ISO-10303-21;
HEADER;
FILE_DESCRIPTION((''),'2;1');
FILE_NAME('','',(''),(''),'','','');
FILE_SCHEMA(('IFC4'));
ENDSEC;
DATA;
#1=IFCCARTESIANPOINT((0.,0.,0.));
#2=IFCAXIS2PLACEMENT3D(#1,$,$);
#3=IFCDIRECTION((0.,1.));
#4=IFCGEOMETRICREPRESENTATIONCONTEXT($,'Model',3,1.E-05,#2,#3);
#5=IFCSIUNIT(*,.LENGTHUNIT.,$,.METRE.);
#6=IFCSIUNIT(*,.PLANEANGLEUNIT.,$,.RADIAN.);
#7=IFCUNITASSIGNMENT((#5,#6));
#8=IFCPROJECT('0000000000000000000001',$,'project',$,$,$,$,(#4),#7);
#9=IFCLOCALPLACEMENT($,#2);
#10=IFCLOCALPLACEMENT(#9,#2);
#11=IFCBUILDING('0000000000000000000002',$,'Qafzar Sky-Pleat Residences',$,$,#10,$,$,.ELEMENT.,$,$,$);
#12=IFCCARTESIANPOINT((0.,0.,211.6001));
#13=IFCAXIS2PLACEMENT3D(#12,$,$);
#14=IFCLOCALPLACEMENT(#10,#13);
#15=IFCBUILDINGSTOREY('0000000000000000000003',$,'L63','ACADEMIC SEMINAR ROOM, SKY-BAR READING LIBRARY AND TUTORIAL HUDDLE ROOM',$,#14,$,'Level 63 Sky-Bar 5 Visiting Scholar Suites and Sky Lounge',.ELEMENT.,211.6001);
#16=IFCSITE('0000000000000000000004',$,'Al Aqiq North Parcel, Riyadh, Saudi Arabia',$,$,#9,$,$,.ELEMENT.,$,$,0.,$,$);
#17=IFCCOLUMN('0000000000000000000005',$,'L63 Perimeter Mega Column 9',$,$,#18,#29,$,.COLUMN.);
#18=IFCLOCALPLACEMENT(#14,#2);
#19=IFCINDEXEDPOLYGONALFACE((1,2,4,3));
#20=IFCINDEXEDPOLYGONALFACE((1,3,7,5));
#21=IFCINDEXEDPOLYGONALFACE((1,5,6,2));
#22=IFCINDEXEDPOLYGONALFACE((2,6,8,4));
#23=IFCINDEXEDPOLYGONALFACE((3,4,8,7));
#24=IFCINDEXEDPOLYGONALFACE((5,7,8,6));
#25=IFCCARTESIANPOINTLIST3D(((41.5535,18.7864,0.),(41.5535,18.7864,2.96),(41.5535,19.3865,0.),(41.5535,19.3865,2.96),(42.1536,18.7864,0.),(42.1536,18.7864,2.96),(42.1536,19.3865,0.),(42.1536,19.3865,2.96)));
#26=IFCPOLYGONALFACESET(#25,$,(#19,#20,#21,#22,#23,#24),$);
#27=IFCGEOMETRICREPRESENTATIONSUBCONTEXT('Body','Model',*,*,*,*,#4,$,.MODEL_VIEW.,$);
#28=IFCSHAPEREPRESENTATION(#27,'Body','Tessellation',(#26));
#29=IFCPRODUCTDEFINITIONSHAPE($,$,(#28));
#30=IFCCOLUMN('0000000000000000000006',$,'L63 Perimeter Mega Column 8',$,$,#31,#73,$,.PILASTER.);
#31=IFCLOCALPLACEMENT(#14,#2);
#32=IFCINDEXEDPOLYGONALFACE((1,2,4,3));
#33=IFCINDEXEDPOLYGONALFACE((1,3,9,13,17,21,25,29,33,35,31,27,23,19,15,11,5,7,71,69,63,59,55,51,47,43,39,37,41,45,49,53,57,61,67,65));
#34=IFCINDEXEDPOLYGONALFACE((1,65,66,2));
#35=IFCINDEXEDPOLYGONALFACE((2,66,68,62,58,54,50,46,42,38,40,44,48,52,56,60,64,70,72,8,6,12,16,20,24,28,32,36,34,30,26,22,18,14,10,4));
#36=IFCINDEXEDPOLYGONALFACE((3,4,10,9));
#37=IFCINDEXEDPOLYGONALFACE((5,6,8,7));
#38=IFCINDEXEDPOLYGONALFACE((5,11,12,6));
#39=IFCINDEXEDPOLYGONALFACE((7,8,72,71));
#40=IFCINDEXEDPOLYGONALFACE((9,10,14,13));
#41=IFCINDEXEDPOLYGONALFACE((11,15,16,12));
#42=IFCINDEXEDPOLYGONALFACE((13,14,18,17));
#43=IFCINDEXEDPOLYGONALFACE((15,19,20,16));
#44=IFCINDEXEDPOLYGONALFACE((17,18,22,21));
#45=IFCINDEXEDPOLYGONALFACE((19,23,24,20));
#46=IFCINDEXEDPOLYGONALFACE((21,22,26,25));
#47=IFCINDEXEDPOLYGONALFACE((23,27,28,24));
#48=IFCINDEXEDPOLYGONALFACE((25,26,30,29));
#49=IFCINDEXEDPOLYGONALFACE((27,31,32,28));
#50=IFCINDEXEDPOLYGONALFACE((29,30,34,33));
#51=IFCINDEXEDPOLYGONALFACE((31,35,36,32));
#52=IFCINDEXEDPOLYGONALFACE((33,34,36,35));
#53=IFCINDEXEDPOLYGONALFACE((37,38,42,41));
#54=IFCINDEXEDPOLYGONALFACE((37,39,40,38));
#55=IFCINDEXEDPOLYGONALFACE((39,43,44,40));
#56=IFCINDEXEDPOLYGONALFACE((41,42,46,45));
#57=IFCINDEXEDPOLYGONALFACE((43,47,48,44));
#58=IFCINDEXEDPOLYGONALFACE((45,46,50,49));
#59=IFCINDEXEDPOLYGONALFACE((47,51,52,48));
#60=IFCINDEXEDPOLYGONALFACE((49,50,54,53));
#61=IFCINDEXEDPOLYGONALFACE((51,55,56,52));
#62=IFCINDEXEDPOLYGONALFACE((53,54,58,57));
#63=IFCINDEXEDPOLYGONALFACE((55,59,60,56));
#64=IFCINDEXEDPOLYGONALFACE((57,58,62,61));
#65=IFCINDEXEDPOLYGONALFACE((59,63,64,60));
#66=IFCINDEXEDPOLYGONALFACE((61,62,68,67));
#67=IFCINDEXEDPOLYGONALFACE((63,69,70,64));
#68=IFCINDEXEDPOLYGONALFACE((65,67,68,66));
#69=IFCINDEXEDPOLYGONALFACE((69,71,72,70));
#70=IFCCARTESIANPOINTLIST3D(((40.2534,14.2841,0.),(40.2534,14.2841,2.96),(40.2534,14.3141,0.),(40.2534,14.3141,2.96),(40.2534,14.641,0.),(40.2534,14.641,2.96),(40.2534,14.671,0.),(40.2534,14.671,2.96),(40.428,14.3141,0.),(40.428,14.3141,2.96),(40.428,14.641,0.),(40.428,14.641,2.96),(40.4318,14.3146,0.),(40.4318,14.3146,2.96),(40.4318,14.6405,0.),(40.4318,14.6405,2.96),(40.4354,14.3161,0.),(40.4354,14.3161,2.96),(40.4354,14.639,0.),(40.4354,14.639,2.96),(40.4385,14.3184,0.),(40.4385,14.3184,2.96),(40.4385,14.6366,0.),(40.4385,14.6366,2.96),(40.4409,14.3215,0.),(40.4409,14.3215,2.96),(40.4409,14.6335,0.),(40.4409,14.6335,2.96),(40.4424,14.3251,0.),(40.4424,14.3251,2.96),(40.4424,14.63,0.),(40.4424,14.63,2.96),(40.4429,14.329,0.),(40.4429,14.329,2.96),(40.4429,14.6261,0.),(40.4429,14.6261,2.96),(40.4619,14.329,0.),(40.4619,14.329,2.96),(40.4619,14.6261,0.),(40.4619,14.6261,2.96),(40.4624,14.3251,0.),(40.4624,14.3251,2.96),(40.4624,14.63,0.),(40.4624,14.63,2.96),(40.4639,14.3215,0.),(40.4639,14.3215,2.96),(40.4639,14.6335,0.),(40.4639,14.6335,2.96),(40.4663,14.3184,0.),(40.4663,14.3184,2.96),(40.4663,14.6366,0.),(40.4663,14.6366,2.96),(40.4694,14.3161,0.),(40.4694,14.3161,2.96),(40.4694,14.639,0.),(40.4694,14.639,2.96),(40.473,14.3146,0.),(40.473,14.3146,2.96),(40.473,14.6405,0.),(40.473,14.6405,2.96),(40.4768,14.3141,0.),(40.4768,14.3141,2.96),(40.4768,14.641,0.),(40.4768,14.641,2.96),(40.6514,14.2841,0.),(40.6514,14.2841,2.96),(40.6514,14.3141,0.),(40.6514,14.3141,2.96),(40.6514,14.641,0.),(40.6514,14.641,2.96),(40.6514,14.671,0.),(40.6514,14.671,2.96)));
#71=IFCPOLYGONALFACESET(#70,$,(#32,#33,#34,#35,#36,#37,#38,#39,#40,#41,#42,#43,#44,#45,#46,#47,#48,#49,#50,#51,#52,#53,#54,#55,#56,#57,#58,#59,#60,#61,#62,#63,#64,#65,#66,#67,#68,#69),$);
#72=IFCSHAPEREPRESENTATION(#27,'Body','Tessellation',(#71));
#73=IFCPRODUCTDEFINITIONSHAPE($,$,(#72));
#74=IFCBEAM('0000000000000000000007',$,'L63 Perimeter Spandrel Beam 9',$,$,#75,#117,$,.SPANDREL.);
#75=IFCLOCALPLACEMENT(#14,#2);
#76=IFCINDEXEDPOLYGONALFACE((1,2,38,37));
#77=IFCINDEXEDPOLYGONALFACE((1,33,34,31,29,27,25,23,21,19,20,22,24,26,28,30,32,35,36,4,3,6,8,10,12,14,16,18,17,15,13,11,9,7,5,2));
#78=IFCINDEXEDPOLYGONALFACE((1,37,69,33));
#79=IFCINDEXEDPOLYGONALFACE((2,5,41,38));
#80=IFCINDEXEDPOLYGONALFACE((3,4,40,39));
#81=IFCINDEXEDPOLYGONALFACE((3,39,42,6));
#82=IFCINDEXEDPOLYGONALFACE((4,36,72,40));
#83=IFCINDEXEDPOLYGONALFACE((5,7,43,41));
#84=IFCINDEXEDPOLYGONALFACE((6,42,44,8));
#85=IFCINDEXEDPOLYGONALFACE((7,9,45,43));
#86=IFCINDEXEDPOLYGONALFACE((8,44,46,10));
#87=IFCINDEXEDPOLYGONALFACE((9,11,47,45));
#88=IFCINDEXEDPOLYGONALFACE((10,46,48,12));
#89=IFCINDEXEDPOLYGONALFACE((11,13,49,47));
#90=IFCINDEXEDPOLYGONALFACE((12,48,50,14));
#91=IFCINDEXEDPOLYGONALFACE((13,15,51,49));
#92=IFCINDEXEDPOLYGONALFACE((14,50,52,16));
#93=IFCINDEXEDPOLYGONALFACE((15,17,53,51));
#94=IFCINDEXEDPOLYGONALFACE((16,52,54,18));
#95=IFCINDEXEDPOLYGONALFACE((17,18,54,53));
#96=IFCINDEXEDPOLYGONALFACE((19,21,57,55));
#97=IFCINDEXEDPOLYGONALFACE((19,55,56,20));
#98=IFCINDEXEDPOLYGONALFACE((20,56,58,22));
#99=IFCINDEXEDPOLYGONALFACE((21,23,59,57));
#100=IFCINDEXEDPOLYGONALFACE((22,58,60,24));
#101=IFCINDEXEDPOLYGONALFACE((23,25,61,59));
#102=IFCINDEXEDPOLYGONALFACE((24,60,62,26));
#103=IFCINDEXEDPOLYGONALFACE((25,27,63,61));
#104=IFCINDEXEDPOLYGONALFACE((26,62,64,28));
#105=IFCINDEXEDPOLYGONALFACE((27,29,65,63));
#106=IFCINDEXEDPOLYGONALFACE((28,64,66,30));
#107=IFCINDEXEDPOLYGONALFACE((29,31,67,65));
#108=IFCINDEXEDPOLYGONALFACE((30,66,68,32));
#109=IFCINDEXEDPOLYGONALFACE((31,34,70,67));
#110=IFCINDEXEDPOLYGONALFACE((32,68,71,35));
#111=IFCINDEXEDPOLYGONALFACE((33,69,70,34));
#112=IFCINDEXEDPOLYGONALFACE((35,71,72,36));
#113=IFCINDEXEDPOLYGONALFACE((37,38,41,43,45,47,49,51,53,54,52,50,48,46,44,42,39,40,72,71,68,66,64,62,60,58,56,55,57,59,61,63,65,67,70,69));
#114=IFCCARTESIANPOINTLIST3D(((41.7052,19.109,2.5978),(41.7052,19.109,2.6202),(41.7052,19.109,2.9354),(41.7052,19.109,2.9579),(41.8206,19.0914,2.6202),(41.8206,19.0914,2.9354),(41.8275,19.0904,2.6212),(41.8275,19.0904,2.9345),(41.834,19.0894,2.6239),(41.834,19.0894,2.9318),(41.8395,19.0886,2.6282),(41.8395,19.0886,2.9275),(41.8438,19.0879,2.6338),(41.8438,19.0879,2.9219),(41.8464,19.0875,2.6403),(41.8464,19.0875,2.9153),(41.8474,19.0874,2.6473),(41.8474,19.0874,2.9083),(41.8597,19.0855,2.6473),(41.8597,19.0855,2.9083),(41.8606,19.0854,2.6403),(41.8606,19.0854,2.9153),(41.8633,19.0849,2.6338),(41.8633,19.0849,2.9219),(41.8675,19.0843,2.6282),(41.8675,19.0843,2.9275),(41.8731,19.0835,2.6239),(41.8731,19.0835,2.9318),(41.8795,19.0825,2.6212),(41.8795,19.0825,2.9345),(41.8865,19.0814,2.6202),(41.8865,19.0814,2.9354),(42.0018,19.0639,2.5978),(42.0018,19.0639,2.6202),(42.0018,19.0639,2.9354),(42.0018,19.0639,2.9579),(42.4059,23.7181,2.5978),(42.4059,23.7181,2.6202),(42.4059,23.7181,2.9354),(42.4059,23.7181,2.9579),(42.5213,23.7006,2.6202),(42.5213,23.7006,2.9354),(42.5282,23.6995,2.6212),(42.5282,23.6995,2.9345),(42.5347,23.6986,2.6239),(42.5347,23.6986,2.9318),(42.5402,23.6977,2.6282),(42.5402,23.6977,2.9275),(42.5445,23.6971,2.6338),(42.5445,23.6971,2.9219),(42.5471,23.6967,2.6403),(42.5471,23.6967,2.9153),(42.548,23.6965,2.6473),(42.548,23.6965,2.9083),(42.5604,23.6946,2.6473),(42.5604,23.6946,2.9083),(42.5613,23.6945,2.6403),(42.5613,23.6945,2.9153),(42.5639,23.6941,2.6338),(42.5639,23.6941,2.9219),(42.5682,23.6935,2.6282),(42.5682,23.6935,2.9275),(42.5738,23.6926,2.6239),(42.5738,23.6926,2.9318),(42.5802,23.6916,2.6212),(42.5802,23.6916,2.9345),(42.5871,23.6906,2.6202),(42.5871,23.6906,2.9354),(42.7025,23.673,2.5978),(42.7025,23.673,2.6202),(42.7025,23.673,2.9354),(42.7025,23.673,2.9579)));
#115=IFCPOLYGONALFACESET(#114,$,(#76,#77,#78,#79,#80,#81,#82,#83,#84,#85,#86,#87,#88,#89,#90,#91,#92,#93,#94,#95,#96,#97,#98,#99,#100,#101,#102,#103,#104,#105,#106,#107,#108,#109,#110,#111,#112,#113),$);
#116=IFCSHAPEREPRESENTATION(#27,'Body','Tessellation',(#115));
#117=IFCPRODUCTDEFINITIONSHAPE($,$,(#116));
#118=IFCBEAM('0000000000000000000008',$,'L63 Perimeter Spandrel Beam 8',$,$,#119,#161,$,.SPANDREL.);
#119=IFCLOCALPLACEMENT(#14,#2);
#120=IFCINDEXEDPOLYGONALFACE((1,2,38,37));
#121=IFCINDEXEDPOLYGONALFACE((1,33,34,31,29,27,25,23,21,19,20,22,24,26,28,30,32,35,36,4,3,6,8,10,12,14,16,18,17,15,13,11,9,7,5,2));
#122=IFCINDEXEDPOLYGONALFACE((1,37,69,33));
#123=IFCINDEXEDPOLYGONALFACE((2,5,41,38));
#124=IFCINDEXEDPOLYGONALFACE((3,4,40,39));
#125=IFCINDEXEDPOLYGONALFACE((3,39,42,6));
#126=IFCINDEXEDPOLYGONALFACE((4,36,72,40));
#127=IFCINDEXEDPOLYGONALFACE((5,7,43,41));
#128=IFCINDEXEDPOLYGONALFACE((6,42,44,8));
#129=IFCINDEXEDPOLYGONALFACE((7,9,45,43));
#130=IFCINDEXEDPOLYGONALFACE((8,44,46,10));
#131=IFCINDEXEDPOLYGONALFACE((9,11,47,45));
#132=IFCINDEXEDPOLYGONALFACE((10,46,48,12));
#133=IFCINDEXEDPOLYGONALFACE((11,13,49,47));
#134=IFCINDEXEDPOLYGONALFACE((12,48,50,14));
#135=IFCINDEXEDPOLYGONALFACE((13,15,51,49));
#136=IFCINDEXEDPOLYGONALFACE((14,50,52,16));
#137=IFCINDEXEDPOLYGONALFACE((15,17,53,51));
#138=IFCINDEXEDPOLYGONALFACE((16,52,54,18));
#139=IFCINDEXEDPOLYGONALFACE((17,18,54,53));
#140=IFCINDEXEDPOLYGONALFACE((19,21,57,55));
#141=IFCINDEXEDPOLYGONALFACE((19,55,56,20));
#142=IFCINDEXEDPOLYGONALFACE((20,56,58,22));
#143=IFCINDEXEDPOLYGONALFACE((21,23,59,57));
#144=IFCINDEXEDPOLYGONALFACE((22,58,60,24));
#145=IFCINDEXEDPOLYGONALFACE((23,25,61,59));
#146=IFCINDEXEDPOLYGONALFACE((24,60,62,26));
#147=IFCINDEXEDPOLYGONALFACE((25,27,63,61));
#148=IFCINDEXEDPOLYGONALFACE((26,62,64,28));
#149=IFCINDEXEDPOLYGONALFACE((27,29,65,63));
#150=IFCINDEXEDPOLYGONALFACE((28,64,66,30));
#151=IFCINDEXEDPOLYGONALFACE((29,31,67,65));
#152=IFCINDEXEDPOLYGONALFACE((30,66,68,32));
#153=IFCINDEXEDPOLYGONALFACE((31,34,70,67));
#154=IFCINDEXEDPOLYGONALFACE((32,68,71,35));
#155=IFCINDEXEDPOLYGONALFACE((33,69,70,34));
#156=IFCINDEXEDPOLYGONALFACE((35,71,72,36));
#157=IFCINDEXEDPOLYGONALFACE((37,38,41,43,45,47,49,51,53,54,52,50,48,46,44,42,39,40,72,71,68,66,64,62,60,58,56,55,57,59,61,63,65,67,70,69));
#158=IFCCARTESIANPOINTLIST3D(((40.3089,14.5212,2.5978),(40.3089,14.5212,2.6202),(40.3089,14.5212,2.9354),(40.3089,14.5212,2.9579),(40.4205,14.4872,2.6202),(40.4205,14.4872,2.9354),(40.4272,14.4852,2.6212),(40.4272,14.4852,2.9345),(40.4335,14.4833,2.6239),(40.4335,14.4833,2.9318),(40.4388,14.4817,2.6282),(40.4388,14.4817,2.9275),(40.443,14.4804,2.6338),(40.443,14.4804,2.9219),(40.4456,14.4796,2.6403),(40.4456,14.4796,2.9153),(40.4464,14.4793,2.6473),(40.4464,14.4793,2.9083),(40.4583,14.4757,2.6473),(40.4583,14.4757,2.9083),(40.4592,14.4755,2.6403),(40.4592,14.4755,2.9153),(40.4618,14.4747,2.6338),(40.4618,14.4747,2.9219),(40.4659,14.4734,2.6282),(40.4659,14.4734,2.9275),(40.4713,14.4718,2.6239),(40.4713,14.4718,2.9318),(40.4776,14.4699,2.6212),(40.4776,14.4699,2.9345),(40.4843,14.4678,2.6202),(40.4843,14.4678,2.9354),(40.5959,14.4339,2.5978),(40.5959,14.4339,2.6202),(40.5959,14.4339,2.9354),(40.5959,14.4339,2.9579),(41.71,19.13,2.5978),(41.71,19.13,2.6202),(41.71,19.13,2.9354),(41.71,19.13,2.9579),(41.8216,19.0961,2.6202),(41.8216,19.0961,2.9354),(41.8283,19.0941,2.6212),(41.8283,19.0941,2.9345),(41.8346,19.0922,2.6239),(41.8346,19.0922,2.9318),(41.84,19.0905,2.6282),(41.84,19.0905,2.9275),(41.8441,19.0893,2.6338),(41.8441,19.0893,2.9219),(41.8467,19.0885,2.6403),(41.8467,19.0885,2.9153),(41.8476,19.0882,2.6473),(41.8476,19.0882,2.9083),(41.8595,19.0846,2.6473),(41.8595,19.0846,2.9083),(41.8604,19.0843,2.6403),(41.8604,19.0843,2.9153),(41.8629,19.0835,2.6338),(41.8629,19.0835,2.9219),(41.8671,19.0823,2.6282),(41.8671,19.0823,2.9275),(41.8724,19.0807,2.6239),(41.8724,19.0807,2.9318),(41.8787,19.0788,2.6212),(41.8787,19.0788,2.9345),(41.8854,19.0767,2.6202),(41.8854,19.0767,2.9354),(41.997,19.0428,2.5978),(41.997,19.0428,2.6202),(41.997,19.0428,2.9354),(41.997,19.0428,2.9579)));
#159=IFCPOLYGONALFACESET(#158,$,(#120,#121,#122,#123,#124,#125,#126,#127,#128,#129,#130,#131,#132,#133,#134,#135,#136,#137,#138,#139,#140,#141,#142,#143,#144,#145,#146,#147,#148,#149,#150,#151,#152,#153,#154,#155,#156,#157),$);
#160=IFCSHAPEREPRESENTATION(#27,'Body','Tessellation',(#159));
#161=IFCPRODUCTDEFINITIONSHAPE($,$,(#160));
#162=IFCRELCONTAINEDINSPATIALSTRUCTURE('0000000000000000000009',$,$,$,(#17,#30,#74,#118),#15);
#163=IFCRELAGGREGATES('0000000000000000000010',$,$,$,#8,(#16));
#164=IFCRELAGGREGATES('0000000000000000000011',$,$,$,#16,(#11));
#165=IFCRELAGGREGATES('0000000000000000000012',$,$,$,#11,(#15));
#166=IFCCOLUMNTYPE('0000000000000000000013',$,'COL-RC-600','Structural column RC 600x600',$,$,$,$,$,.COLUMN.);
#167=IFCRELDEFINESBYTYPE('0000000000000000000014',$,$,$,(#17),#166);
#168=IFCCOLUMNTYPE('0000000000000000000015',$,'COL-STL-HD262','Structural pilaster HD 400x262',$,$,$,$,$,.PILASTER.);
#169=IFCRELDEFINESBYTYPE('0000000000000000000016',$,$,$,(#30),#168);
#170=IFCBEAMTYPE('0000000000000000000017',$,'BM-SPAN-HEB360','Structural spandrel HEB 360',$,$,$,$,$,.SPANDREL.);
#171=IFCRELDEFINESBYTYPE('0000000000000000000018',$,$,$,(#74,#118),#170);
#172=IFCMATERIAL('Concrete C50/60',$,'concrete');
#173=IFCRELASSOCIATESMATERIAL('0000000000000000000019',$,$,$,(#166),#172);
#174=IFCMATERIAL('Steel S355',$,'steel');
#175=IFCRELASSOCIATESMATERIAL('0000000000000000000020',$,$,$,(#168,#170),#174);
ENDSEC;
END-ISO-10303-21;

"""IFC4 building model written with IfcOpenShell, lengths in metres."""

from ifc_helpers import new_model, si_unit, direction, frame, origin, origin_2d, place, context, subcontext, project, spatial, rectangle, i_section, extrude, source, transform, mapped, material, material_profile, profile_set, type_object, element, save


model = new_model("IFC4")

# Units and contexts
model_context = context("Model", 3, precision=1e-05, world=origin(), true_north=direction((0.0, 1.0)))
body_context = subcontext(model_context, "Body", "Model", "MODEL_VIEW")
ifc_project = project(units=[si_unit("LENGTHUNIT", "METRE"), si_unit("PLANEANGLEUNIT", "RADIAN")], contexts=[model_context])

# Site, building, storey
site_placement = place(None, origin())
site = spatial("IfcSite", under=ifc_project, at=site_placement, Name="Al Aqiq North Parcel, Riyadh, Saudi Arabia", CompositionType="ELEMENT", RefElevation=0.0)
building_placement = place(site_placement, origin())
building = spatial("IfcBuilding", under=site, at=building_placement, Name="Qafzar Sky-Pleat Residences", CompositionType="ELEMENT")
storey_placement = place(building_placement, frame((0.0, 0.0, 211.6001)))
storey = spatial("IfcBuildingStorey", under=building, at=storey_placement, Name="L63", Description="ACADEMIC SEMINAR ROOM, SKY-BAR READING LIBRARY AND TUTORIAL HUDDLE ROOM", LongName="Level 63 Sky-Bar 5 Visiting Scholar Suites and Sky Lounge", CompositionType="ELEMENT", Elevation=211.6001)

# Columns
ifc_material_1 = material(Name="Concrete C50/60", Category="concrete")
ifc_material_profile_1 = material_profile(ifc_material_1, rectangle(XDim=0.6001, YDim=0.6001, at=origin_2d()), Name="RC 600x600")
ifc_profile_set_1 = profile_set([ifc_material_profile_1], Name="Concrete C50/60")
column_type_1 = type_object("IfcColumnType", Name="COL-RC-600", Description="Structural column RC 600x600", PredefinedType="COLUMN", material=ifc_profile_set_1)
shared_shape_1 = source(origin(), body_context, "Body", "SweptSolid", [
    extrude(rectangle(XDim=0.6001, YDim=0.6001, at=origin_2d()), origin(), (0.0, 0.0, 1.0), 2.96),
])
column_1_placement = place(storey_placement, frame((41.8535, 19.0864, 0.0), z_axis=(0.0, 0.0, 1.0), x_axis=(1.0, 0.0, 0.0)))
element("IfcColumn", 1, at=column_1_placement, inside=storey, type_object=column_type_1, Name="L63 Perimeter Mega Column 9", PredefinedType="COLUMN", context=body_context, shape_type="MappedRepresentation", body=[
    mapped(shared_shape_1, transform((0.0, 0.0, 0.0), x_axis=(1.0, 0.0, 0.0), y_axis=(0.0, 1.0, 0.0), z_axis=(0.0, 0.0, 1.0), scale=1.0)),
])
ifc_material_2 = material(Name="Steel S355", Category="steel")
ifc_material_profile_2 = material_profile(ifc_material_2, i_section(OverallWidth=0.3979, OverallDepth=0.387, WebThickness=0.019, FlangeThickness=0.03, FilletRadius=0.0149, at=origin_2d()), Name="HD 400x262")
ifc_profile_set_2 = profile_set([ifc_material_profile_2], Name="Steel S355")
column_type_2 = type_object("IfcColumnType", Name="COL-STL-HD262", Description="Structural pilaster HD 400x262", PredefinedType="PILASTER", material=ifc_profile_set_2)
shared_shape_2 = source(origin(), body_context, "Body", "SweptSolid", [
    extrude(i_section(OverallWidth=0.3979, OverallDepth=0.387, WebThickness=0.019, FlangeThickness=0.03, FilletRadius=0.0149, at=origin_2d()), origin(), (0.0, 0.0, 1.0), 2.96),
])
column_2_placement = place(storey_placement, frame((40.4524, 14.4775, 0.0), z_axis=(0.0, 0.0, 1.0), x_axis=(1.0, 0.0, 0.0)))
element("IfcColumn", 2, at=column_2_placement, inside=storey, type_object=column_type_2, Name="L63 Perimeter Mega Column 8", PredefinedType="PILASTER", context=body_context, shape_type="MappedRepresentation", body=[
    mapped(shared_shape_2, transform((0.0, 0.0, 0.0), x_axis=(1.0, 0.0, 0.0), y_axis=(0.0, 1.0, 0.0), z_axis=(0.0, 0.0, 1.0), scale=1.0)),
])

# Beams
ifc_material_profile_3 = material_profile(ifc_material_2, i_section(OverallWidth=0.3, OverallDepth=0.3601, WebThickness=0.0125, FlangeThickness=0.0225, FilletRadius=0.0271, at=origin_2d()), Name="HEB 360")
ifc_profile_set_3 = profile_set([ifc_material_profile_3], Name="Steel S355")
beam_type_1 = type_object("IfcBeamType", Name="BM-SPAN-HEB360", Description="Structural spandrel HEB 360", PredefinedType="SPANDREL", material=ifc_profile_set_3)
shared_shape_3 = source(origin(), body_context, "Body", "SweptSolid", [
    extrude(i_section(OverallWidth=0.3, OverallDepth=0.3601, WebThickness=0.0125, FlangeThickness=0.0225, FilletRadius=0.0271, at=origin_2d()), origin(), (0.0, 0.0, 1.0), 4.6621),
])
beam_1_placement = place(storey_placement, frame((41.8535, 19.0864, 2.7778), z_axis=(0.150294, 0.988641, 0.0), x_axis=(-0.988641, 0.150294, 0.0)))
element("IfcBeam", 3, at=beam_1_placement, inside=storey, type_object=beam_type_1, Name="L63 Perimeter Spandrel Beam 9", PredefinedType="SPANDREL", context=body_context, shape_type="MappedRepresentation", body=[
    mapped(shared_shape_3, transform((0.0, 0.0, 0.0), x_axis=(1.0, 0.0, 0.0), y_axis=(0.0, 1.0, 0.0), z_axis=(0.0, 0.0, 1.0), scale=1.0)),
])
shared_shape_4 = source(origin(), body_context, "Body", "SweptSolid", [
    extrude(i_section(OverallWidth=0.3, OverallDepth=0.3601, WebThickness=0.0125, FlangeThickness=0.0225, FilletRadius=0.0271, at=origin_2d()), origin(), (0.0, 0.0, 1.0), 4.8171),
])
beam_2_placement = place(storey_placement, frame((40.4524, 14.4775, 2.7778), z_axis=(0.290861, 0.956765, 0.0), x_axis=(-0.956765, 0.290861, 0.0)))
element("IfcBeam", 4, at=beam_2_placement, inside=storey, type_object=beam_type_1, Name="L63 Perimeter Spandrel Beam 8", PredefinedType="SPANDREL", context=body_context, shape_type="MappedRepresentation", body=[
    mapped(shared_shape_4, transform((0.0, 0.0, 0.0), x_axis=(1.0, 0.0, 0.0), y_axis=(0.0, 1.0, 0.0), z_axis=(0.0, 0.0, 1.0), scale=1.0)),
])

save(model, "model.ifc")
